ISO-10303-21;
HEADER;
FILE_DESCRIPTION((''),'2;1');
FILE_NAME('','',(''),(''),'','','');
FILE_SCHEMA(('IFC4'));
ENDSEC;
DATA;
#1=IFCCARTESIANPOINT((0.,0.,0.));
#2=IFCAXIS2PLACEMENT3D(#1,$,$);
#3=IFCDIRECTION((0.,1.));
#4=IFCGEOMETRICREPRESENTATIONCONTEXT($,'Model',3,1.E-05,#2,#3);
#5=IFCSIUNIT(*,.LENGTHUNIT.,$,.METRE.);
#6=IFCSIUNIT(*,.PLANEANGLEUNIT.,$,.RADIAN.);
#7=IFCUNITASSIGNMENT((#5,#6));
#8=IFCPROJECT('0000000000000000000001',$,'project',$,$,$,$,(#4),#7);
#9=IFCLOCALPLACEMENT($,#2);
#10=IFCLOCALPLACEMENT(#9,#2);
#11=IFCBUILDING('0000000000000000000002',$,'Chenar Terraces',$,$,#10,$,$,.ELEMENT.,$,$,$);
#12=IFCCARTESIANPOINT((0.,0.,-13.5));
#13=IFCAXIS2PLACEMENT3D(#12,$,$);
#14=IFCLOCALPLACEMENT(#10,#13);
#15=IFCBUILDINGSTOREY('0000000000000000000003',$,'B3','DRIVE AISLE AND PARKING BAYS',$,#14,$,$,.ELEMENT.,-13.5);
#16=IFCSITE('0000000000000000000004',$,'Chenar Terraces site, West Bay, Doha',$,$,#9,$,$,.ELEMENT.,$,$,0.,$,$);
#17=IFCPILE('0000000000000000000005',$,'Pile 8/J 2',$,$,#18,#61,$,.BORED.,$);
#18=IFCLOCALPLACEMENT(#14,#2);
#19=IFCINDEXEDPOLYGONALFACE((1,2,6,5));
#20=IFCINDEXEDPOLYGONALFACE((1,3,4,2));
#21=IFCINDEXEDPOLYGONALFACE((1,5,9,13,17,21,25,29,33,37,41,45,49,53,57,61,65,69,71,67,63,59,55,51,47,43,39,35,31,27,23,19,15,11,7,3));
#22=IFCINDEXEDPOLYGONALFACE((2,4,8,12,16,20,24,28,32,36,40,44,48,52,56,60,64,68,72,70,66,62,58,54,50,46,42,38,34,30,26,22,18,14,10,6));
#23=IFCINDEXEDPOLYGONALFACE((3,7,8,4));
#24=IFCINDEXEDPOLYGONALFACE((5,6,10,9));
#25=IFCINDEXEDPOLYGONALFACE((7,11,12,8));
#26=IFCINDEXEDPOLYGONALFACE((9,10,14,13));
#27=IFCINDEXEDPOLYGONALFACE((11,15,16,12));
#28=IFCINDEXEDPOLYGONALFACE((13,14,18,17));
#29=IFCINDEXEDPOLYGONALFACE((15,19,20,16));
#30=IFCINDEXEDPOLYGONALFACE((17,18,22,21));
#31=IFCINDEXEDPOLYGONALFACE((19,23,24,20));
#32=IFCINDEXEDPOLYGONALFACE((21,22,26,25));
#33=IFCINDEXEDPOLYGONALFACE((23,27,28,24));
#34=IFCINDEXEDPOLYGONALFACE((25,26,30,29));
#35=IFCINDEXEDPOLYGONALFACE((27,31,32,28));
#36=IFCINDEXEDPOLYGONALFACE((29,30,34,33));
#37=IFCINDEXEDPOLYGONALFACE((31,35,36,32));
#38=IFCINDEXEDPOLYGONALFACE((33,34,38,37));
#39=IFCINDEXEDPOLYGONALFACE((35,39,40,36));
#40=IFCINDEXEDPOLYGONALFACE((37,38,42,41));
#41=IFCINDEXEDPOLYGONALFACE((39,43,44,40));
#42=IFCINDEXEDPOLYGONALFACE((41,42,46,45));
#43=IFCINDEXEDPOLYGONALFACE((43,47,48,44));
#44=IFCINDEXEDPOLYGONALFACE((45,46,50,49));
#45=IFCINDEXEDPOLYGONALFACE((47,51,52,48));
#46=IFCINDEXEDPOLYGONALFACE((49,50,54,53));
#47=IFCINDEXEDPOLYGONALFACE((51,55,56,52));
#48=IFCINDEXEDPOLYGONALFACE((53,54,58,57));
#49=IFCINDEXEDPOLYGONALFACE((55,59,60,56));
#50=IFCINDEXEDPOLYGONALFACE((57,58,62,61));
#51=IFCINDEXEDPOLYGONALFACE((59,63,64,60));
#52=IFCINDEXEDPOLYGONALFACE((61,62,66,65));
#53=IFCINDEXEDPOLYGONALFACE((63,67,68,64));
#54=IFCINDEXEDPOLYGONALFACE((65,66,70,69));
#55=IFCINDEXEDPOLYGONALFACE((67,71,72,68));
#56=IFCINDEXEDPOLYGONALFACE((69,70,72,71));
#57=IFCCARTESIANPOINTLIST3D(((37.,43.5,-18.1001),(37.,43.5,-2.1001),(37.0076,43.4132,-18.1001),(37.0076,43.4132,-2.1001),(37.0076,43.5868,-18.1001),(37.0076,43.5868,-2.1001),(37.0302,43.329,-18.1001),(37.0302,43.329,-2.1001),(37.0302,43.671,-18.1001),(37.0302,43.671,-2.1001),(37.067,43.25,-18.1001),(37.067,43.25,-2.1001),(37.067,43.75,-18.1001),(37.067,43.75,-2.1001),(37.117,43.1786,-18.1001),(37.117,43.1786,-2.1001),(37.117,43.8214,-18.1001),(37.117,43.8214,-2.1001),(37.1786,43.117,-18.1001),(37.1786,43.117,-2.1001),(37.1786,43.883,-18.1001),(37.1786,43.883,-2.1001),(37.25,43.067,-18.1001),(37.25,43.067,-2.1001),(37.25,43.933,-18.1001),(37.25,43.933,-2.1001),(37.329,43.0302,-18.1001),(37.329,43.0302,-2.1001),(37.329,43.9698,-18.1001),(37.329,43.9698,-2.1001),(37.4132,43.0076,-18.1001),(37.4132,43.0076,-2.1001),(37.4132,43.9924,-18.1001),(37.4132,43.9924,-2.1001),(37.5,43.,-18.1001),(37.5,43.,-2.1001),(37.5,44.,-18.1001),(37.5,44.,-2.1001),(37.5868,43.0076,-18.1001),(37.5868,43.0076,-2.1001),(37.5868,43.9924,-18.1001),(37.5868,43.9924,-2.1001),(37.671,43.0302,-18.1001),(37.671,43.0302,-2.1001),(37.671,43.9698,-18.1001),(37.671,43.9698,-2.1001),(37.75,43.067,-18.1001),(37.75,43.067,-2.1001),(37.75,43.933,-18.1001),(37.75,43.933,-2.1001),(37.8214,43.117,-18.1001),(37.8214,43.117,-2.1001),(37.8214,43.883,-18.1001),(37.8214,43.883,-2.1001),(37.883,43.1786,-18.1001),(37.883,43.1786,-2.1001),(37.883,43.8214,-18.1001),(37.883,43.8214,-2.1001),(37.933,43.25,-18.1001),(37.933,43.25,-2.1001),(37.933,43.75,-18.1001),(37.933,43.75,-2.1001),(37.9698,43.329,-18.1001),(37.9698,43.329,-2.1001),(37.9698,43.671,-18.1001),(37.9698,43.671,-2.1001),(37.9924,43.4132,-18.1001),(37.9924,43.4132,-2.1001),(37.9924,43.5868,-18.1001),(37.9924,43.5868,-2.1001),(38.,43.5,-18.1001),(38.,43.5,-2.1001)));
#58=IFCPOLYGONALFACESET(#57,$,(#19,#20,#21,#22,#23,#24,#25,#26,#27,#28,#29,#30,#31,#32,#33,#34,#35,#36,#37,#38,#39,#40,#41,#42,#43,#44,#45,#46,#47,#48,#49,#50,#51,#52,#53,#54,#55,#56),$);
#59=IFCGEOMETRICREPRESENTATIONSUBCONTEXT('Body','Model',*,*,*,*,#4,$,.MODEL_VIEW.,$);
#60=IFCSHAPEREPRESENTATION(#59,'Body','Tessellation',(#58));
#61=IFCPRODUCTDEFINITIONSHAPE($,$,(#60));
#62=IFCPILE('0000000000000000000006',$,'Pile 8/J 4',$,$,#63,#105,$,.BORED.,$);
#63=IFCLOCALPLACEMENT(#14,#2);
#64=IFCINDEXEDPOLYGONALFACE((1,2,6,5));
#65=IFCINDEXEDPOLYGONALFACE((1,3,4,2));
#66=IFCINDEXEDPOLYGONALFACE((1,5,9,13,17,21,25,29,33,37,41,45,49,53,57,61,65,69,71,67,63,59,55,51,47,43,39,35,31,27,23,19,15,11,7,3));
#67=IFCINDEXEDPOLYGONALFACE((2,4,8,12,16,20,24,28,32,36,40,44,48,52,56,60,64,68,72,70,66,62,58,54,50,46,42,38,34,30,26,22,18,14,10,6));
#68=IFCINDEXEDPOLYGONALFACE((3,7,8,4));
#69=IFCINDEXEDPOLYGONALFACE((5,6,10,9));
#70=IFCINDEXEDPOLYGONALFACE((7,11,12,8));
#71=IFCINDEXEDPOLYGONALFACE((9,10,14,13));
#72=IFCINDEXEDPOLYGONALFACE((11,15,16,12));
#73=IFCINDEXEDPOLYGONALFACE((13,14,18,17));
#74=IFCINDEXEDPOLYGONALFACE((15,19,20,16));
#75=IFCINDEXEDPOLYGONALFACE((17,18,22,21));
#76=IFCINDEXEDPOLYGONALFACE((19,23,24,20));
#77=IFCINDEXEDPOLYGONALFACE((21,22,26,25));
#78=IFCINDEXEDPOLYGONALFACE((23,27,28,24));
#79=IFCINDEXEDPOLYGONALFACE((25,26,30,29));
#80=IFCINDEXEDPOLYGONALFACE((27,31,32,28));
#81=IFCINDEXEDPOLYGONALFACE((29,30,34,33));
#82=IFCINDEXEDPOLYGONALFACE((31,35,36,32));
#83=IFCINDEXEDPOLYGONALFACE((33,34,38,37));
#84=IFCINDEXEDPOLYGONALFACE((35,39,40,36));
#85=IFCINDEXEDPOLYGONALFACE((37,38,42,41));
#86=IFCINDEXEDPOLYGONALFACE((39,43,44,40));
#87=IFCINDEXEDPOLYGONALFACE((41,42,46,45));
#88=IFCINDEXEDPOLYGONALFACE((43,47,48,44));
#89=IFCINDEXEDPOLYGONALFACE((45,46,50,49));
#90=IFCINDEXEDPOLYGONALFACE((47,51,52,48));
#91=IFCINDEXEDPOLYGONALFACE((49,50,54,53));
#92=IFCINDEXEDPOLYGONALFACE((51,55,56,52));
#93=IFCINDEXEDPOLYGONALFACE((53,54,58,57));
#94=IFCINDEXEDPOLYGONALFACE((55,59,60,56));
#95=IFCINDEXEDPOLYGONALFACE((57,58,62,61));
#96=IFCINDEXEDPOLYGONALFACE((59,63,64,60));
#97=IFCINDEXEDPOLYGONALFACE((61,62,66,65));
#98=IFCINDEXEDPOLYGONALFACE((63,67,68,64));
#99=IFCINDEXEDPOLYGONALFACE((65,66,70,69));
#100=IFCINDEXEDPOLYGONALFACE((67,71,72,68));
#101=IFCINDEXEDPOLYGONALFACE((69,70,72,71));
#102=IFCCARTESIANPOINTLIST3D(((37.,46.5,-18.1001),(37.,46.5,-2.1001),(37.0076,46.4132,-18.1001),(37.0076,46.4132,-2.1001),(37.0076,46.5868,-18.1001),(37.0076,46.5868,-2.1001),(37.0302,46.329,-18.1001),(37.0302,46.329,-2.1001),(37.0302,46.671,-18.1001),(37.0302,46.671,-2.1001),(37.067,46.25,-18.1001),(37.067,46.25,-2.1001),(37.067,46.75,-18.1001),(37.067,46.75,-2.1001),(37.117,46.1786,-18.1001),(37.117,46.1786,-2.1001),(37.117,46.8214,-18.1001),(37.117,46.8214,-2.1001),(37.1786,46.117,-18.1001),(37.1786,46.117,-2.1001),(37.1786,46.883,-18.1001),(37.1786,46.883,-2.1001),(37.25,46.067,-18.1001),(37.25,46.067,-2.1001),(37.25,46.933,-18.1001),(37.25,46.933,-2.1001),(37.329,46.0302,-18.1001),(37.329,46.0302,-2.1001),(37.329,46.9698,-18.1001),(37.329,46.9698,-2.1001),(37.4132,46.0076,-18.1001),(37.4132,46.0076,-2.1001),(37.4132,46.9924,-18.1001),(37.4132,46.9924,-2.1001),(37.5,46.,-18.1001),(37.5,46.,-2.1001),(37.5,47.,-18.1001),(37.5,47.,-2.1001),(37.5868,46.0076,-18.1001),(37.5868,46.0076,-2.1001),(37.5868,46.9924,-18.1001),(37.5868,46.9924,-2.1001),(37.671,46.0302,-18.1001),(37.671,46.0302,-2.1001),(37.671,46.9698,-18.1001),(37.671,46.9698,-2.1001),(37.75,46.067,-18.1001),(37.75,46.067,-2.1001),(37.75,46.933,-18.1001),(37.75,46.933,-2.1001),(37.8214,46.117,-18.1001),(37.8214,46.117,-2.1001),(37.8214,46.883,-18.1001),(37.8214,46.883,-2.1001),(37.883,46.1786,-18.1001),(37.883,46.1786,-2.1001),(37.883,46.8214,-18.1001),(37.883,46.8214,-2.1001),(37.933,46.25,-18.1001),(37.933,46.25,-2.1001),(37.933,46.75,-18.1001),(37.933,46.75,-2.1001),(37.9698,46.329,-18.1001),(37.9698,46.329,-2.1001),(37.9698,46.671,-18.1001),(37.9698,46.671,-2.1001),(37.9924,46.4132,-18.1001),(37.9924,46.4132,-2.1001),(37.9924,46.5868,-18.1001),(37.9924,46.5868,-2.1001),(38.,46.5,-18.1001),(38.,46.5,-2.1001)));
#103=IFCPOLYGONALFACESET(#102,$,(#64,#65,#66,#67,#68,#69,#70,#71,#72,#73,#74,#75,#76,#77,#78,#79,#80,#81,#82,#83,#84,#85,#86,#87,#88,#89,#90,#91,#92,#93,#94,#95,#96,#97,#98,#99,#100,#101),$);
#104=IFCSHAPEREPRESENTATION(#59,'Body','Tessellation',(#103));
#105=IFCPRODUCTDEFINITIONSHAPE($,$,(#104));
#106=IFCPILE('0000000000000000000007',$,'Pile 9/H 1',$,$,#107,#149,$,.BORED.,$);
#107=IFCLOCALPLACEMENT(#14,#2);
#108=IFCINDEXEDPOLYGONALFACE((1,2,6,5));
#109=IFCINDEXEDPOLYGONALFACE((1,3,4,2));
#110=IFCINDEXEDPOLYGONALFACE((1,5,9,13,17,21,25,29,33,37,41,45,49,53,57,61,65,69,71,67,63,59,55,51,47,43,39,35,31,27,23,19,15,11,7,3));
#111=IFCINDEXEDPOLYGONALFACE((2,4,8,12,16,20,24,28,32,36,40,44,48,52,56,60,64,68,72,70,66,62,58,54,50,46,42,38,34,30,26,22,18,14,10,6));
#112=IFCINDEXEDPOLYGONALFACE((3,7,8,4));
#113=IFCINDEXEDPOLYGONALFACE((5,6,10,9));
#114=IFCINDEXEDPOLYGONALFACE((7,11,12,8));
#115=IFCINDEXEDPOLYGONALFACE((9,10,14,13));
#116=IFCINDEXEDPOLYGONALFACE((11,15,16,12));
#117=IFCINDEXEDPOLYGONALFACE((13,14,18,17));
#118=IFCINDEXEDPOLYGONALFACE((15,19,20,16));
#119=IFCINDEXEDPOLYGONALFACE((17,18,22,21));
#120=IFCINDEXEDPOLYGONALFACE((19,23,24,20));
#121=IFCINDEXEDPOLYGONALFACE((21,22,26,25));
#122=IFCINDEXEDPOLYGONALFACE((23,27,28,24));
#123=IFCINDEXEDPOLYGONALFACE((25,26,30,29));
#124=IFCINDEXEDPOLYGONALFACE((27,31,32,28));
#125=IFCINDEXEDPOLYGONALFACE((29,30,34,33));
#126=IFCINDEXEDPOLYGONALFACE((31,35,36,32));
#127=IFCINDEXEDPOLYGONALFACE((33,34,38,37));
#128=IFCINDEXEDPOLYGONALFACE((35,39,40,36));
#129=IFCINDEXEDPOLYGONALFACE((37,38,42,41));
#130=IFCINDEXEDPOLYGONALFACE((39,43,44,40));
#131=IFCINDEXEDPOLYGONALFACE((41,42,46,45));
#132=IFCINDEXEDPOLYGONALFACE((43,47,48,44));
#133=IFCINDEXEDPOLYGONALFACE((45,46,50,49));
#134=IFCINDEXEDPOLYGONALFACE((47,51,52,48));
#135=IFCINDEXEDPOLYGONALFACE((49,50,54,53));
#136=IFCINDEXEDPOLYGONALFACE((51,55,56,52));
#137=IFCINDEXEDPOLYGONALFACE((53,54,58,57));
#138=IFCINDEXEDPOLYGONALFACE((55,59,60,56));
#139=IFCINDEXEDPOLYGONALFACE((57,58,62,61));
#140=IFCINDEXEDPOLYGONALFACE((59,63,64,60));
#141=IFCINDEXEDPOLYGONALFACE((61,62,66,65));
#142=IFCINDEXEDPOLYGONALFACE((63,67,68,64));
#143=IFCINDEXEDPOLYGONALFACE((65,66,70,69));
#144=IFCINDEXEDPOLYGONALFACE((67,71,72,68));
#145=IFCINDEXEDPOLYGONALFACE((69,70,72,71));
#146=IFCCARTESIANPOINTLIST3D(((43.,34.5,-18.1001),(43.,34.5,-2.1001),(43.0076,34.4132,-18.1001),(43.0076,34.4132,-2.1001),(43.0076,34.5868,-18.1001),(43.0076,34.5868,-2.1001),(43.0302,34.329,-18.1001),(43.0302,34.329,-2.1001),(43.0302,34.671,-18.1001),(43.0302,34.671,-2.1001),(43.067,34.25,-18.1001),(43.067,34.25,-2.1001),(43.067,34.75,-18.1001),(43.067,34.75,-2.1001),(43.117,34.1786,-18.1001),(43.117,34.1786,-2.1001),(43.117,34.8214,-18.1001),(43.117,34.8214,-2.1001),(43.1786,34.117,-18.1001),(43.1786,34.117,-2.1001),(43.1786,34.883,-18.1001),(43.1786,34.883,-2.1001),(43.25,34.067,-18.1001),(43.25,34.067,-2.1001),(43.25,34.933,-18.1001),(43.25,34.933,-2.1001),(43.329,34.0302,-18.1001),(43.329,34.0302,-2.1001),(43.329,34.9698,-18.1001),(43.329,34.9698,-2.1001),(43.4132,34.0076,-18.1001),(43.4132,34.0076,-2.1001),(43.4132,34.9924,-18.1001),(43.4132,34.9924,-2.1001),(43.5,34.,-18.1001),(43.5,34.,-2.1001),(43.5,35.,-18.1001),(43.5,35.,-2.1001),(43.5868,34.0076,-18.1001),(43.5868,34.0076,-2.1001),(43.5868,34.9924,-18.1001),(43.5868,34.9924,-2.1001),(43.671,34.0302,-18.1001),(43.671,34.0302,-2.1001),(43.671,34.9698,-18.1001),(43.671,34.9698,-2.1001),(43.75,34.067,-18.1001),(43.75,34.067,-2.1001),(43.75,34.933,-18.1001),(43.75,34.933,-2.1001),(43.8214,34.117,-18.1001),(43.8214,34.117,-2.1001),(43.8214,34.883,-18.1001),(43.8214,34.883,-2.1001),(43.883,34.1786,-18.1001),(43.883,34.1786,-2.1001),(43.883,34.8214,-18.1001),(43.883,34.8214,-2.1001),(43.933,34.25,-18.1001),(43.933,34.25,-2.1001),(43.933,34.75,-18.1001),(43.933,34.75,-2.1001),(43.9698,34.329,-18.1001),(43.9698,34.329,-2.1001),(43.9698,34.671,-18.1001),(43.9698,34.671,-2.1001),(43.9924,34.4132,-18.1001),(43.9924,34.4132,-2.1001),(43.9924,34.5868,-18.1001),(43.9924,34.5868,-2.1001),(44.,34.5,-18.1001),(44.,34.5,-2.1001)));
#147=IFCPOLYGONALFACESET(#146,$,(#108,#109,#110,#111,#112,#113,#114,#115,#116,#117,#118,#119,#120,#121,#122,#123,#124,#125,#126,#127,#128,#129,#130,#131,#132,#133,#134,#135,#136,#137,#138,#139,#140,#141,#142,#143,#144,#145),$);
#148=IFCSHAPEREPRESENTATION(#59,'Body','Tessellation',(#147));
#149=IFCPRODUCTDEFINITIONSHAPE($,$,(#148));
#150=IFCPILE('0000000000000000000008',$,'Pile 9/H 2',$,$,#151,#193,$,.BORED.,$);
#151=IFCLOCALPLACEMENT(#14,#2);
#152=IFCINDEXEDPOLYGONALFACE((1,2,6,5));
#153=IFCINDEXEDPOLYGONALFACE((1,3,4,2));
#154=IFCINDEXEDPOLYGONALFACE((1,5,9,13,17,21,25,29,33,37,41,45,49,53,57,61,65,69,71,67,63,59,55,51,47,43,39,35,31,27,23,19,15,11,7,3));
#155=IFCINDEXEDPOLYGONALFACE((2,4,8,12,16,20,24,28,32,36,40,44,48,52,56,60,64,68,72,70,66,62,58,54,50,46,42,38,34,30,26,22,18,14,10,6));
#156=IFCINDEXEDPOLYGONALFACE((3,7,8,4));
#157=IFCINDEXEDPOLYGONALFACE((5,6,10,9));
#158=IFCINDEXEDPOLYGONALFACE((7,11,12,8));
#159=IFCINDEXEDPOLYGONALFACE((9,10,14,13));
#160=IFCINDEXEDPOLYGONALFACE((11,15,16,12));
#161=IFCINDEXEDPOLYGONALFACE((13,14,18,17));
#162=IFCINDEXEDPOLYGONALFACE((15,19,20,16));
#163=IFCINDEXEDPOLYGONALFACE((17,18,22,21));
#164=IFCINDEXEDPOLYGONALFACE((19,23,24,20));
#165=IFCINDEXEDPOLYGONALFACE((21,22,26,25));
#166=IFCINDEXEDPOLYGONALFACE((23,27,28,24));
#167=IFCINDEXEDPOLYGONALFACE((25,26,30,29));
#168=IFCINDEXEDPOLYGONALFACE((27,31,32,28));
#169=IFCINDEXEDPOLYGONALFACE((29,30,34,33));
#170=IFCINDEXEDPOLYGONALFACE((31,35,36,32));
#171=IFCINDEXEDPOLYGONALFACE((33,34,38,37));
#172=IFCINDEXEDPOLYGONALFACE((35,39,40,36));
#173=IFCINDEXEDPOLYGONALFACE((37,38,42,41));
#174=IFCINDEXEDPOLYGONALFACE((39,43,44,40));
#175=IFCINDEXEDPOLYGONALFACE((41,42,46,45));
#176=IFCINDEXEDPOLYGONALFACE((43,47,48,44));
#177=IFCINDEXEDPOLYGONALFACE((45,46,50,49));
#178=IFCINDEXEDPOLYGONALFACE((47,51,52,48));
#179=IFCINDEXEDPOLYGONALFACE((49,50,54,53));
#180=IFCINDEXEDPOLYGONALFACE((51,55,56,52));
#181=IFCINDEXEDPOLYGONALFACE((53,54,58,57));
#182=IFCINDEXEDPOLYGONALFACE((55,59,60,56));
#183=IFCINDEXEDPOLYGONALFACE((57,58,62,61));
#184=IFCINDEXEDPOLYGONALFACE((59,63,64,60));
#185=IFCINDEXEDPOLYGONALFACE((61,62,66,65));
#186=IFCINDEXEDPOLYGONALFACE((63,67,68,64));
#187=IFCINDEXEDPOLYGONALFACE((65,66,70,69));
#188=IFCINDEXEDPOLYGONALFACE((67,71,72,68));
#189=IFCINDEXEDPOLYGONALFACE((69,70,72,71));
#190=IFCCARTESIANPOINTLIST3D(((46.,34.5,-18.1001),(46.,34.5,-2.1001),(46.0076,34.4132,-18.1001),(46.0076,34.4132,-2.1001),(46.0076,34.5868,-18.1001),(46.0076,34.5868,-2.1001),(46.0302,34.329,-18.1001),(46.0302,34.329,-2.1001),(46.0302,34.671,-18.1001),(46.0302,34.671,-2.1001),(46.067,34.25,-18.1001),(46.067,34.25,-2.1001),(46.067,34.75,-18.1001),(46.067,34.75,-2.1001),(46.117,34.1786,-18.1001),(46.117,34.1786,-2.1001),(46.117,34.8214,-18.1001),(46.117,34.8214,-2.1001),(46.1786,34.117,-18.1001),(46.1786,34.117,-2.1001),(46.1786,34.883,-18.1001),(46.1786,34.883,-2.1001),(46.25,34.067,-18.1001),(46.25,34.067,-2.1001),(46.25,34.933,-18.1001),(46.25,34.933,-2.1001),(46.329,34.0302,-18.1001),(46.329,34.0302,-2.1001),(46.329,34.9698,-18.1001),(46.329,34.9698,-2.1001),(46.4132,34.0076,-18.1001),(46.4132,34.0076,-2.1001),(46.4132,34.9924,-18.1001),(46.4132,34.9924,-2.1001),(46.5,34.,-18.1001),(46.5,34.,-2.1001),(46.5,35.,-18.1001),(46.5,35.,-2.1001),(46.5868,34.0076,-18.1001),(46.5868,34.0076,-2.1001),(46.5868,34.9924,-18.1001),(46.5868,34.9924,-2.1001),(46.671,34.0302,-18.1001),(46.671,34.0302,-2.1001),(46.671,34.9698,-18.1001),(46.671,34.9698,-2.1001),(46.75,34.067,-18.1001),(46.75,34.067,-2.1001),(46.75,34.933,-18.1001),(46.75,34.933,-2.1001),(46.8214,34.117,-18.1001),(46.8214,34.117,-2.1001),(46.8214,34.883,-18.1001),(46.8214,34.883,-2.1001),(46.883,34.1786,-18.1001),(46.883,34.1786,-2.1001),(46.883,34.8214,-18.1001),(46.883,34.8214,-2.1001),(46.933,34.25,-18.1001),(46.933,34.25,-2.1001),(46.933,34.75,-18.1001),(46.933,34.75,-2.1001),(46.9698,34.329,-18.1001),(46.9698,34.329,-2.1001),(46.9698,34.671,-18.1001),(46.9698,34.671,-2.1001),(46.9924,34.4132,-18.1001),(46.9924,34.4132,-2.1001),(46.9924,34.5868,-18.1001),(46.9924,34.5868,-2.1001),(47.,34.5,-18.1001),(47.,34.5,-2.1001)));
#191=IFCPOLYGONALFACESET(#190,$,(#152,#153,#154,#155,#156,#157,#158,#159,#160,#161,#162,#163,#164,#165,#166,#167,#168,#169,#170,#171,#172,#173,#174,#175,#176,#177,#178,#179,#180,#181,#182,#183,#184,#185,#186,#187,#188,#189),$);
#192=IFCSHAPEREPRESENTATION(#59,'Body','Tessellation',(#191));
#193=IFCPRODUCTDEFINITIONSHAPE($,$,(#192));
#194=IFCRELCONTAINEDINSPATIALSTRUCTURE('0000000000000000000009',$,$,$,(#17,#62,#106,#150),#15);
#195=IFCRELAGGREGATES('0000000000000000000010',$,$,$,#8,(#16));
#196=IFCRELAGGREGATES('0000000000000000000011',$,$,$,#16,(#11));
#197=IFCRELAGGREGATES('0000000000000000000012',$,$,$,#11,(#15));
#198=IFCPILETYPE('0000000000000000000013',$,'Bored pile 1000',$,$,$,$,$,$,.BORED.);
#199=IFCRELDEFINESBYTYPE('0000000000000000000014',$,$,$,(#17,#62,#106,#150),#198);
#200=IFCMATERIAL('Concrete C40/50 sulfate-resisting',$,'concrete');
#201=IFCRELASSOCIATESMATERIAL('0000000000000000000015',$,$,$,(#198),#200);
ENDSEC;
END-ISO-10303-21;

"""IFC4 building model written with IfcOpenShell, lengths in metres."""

from ifc_helpers import new_model, si_unit, direction, frame, origin, origin_2d, place, context, subcontext, project, spatial, circle, extrude, material, material_profile, profile_set, type_object, element, save


model = new_model("IFC4")

# Units and contexts
model_context = context("Model", 3, precision=1e-05, world=origin(), true_north=direction((0.0, 1.0)))
body_context = subcontext(model_context, "Body", "Model", "MODEL_VIEW")
ifc_project = project(units=[si_unit("LENGTHUNIT", "METRE"), si_unit("PLANEANGLEUNIT", "RADIAN")], contexts=[model_context])

# Site, building, storey
site_placement = place(None, origin())
site = spatial("IfcSite", under=ifc_project, at=site_placement, Name="Chenar Terraces site, West Bay, Doha", CompositionType="ELEMENT", RefElevation=0.0)
building_placement = place(site_placement, origin())
building = spatial("IfcBuilding", under=site, at=building_placement, Name="Chenar Terraces", CompositionType="ELEMENT")
storey_placement = place(building_placement, frame((0.0, 0.0, -13.5)))
storey = spatial("IfcBuildingStorey", under=building, at=storey_placement, Name="B3", Description="DRIVE AISLE AND PARKING BAYS", CompositionType="ELEMENT", Elevation=-13.5)

# Piles
ifc_material_1 = material(Name="Concrete C40/50 sulfate-resisting", Category="concrete")
ifc_material_profile_1 = material_profile(ifc_material_1, circle(Radius=0.5, at=origin_2d()), Name="BP 1000")
ifc_profile_set_1 = profile_set([ifc_material_profile_1], Name="Concrete C40/50 sulfate-resisting")
pile_type_1 = type_object("IfcPileType", Name="Bored pile 1000", PredefinedType="BORED", material=ifc_profile_set_1)
for number, where, z_axis, x_axis, name in (
    (1, (37.5, 43.5, -2.1001), (0.0, 0.0, -1.0), (1.0, 0.0, 0.0), "Pile 8/J 2"),
    (2, (37.5, 46.5, -2.1001), (0.0, 0.0, -1.0), (1.0, 0.0, 0.0), "Pile 8/J 4"),
    (3, (43.5, 34.5, -2.1001), (0.0, 0.0, -1.0), (1.0, 0.0, 0.0), "Pile 9/H 1"),
    (4, (46.5, 34.5, -2.1001), (0.0, 0.0, -1.0), (1.0, 0.0, 0.0), "Pile 9/H 2"),
):
    element("IfcPile", number, at=place(storey_placement, frame(where, z_axis=z_axis, x_axis=x_axis)), inside=storey, type_object=pile_type_1, Name=name, PredefinedType="BORED", context=body_context, shape_type="SweptSolid", body=[
        extrude(circle(Radius=0.5, at=origin_2d()), origin(), (0.0, 0.0, 1.0), 16.0),
    ])

save(model, "model.ifc")
